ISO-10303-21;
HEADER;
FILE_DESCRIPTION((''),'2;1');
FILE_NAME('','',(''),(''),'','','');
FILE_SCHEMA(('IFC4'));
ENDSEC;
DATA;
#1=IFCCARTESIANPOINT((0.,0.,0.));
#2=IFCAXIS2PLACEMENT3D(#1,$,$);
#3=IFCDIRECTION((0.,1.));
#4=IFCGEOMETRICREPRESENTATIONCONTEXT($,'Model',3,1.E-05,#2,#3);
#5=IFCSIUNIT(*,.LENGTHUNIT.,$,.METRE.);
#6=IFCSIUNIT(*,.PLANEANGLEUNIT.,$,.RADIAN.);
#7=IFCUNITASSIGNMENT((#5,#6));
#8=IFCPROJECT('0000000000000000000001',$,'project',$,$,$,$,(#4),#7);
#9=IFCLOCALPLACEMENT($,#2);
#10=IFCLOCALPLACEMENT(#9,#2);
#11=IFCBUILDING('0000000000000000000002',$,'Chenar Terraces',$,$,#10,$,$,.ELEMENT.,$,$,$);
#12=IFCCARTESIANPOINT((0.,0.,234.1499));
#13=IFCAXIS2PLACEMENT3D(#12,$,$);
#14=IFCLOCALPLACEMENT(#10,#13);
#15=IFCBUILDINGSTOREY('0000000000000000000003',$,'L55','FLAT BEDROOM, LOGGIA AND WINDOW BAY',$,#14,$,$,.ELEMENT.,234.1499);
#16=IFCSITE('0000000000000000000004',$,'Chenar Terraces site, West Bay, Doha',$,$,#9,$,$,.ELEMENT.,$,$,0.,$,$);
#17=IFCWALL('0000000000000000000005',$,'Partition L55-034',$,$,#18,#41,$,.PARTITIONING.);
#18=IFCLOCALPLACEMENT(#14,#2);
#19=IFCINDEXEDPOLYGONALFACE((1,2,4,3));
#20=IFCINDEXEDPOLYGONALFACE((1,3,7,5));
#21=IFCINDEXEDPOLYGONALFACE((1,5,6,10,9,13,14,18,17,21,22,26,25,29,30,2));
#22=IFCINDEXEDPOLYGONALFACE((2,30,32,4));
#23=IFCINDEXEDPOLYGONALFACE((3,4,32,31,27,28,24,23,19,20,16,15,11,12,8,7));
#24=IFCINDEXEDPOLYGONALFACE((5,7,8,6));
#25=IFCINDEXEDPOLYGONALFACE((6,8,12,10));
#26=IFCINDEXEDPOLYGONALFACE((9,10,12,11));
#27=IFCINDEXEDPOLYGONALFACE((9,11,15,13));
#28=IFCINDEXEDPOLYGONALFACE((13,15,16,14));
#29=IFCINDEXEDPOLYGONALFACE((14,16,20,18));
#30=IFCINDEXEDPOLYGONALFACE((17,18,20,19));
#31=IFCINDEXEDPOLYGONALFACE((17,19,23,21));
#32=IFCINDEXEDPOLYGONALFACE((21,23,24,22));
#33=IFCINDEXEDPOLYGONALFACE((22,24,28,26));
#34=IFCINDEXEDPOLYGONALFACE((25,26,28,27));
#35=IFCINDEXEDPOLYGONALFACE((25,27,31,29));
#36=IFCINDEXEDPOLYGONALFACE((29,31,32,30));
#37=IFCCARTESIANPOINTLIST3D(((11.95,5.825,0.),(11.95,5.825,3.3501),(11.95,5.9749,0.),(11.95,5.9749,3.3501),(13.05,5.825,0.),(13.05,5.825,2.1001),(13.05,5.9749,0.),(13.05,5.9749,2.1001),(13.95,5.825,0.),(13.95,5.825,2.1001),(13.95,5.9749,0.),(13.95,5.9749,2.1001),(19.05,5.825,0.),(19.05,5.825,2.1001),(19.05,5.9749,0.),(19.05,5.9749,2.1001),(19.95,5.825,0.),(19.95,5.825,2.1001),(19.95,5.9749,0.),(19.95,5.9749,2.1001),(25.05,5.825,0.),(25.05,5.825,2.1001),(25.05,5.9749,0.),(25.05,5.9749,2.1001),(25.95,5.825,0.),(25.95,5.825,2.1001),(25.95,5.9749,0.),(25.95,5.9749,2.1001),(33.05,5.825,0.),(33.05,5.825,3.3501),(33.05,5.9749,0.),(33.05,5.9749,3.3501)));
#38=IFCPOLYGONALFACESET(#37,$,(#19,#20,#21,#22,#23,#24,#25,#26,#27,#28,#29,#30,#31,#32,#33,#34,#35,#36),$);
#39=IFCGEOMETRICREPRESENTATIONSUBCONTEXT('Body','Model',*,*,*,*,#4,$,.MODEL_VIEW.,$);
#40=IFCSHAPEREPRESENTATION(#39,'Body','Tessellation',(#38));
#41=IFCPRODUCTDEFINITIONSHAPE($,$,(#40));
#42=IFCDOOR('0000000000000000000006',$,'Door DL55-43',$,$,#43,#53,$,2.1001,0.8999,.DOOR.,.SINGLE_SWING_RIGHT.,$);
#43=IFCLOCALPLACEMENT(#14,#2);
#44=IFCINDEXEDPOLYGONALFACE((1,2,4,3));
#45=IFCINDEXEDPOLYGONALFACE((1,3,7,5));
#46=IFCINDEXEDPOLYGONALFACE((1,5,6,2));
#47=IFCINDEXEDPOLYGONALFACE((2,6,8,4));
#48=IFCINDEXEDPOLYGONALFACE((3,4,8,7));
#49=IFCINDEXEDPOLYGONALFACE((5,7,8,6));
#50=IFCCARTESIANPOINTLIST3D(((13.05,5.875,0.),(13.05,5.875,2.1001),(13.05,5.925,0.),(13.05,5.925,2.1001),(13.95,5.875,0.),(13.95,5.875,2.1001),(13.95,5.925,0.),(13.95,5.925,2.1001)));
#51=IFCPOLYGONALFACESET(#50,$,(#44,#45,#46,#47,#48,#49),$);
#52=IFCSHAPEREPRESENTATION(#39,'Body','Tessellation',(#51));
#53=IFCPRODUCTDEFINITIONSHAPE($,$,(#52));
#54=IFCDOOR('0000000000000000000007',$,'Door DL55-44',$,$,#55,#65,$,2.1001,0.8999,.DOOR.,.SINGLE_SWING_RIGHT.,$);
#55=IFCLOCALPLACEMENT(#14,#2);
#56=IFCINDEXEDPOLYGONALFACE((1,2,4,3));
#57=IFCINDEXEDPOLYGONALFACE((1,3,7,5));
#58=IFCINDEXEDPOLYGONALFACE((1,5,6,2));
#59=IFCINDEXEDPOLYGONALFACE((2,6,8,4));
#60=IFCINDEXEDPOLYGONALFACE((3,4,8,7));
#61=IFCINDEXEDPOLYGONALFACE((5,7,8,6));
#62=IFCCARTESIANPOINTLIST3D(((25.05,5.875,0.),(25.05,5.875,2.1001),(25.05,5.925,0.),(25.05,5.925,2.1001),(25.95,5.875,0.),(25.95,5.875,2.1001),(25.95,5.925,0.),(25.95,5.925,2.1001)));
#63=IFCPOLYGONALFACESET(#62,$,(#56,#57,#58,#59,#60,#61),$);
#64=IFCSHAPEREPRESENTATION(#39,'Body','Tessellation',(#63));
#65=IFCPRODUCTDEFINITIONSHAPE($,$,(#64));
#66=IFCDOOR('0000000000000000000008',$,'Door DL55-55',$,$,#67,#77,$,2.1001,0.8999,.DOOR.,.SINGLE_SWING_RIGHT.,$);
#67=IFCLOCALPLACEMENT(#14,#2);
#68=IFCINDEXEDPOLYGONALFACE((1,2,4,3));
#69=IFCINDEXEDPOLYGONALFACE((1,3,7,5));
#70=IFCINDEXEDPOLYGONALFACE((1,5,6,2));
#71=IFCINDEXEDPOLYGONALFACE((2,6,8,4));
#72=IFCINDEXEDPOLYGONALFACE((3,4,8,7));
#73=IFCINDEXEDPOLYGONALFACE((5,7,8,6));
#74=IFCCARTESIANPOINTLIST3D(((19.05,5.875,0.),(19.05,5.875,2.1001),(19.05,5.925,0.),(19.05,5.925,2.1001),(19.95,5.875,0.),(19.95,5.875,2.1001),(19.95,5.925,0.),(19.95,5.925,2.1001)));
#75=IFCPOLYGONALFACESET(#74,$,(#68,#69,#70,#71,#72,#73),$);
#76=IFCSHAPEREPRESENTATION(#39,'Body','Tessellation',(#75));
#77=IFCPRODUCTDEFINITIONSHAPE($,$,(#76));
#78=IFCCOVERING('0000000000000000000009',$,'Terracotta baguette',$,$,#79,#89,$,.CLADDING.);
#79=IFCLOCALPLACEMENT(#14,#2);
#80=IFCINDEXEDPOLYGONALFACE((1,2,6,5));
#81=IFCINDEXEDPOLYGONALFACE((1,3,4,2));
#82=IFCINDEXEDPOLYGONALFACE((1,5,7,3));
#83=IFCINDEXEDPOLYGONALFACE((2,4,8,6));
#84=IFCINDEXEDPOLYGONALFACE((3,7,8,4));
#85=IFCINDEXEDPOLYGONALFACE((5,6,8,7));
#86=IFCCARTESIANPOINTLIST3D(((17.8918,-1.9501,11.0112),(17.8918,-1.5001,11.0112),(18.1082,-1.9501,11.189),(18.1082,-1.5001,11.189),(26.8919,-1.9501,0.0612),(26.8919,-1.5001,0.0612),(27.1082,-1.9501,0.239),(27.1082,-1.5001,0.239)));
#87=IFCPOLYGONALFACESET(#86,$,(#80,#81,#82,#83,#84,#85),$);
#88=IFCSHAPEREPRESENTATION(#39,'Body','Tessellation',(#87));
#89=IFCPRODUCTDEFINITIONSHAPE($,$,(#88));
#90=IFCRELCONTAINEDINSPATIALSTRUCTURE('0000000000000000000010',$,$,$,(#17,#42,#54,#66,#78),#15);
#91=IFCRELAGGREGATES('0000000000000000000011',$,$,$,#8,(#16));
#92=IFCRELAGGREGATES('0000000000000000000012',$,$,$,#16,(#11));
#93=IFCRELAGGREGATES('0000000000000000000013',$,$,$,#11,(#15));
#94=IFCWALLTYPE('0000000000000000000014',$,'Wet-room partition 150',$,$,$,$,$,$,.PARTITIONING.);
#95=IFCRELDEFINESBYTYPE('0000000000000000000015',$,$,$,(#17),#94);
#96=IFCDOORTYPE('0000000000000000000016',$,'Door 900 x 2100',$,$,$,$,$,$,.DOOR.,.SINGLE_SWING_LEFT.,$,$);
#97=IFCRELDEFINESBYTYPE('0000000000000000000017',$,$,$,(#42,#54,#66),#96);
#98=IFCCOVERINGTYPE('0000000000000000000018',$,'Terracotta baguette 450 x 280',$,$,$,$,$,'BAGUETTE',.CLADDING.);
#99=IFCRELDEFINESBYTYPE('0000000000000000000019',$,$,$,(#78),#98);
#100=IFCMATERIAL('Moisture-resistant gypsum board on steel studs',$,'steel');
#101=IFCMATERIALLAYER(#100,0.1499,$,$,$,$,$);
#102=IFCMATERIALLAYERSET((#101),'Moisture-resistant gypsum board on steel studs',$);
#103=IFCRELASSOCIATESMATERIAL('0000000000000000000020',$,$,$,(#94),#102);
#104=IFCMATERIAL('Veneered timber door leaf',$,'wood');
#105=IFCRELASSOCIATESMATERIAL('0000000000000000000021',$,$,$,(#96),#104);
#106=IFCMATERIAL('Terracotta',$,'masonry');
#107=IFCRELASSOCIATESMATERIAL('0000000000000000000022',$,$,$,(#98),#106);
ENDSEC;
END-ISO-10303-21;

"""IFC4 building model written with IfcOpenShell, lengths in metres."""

from ifc_helpers import new_model, si_unit, direction, frame, frame_2d, origin, origin_2d, place, context, subcontext, project, spatial, rectangle, extrude, material, layer, layer_set, material_profile, profile_set, type_object, element, fill, save


model = new_model("IFC4")

# Units and contexts
model_context = context("Model", 3, precision=1e-05, world=origin(), true_north=direction((0.0, 1.0)))
body_context = subcontext(model_context, "Body", "Model", "MODEL_VIEW")
ifc_project = project(units=[si_unit("LENGTHUNIT", "METRE"), si_unit("PLANEANGLEUNIT", "RADIAN")], contexts=[model_context])

# Site, building, storey
site_placement = place(None, origin())
site = spatial("IfcSite", under=ifc_project, at=site_placement, Name="Chenar Terraces site, West Bay, Doha", CompositionType="ELEMENT", RefElevation=0.0)
building_placement = place(site_placement, origin())
building = spatial("IfcBuilding", under=site, at=building_placement, Name="Chenar Terraces", CompositionType="ELEMENT")
storey_placement = place(building_placement, frame((0.0, 0.0, 234.1499)))
storey = spatial("IfcBuildingStorey", under=building, at=storey_placement, Name="L55", Description="FLAT BEDROOM, LOGGIA AND WINDOW BAY", CompositionType="ELEMENT", Elevation=234.1499)

# Wall, openings, doors
ifc_material_1 = material(Name="Moisture-resistant gypsum board on steel studs", Category="steel")
ifc_layer_1 = layer(ifc_material_1, 0.1499)
ifc_layer_set_1 = layer_set([ifc_layer_1], Name="Moisture-resistant gypsum board on steel studs")
wall_type_1 = type_object("IfcWallType", Name="Wet-room partition 150", PredefinedType="PARTITIONING", material=ifc_layer_set_1)
wall_1_placement = place(storey_placement, frame((11.95, 5.8999, 0.0), z_axis=(0.0, 0.0, 1.0), x_axis=(1.0, 0.0, 0.0)))
wall_1 = element("IfcWall", 1, at=wall_1_placement, inside=storey, type_object=wall_type_1, Name="Partition L55-034", PredefinedType="PARTITIONING", context=body_context, shape_type="SweptSolid", body=[
    extrude(rectangle(XDim=21.1001, YDim=0.1499, at=frame_2d((10.55, 0.0))), origin(), (0.0, 0.0, 1.0), 3.3501),
])
opening_1_placement = place(wall_1_placement, frame((1.1001, 0.0, 0.0)))
opening_1 = element("IfcOpeningElement", 2, at=opening_1_placement, cuts=wall_1, PredefinedType="OPENING", context=body_context, shape_type="SweptSolid", body=[
    extrude(rectangle(XDim=0.8999, YDim=2.1001, at=frame_2d((0.45, 1.05))), frame((0.0, 0.085, 0.0), z_axis=(0.0, -1.0, 0.0), x_axis=(1.0, 0.0, 0.0)), (0.0, 0.0, 1.0), 0.1699),
])
opening_2_placement = place(wall_1_placement, frame((13.1001, 0.0, 0.0)))
opening_2 = element("IfcOpeningElement", 3, at=opening_2_placement, cuts=wall_1, PredefinedType="OPENING", context=body_context, shape_type="SweptSolid", body=[
    extrude(rectangle(XDim=0.8999, YDim=2.1001, at=frame_2d((0.45, 1.05))), frame((0.0, 0.085, 0.0), z_axis=(0.0, -1.0, 0.0), x_axis=(1.0, 0.0, 0.0)), (0.0, 0.0, 1.0), 0.1699),
])
opening_3_placement = place(wall_1_placement, frame((7.1001, 0.0, 0.0)))
opening_3 = element("IfcOpeningElement", 4, at=opening_3_placement, cuts=wall_1, PredefinedType="OPENING", context=body_context, shape_type="SweptSolid", body=[
    extrude(rectangle(XDim=0.8999, YDim=2.1001, at=frame_2d((0.45, 1.05))), frame((0.0, 0.085, 0.0), z_axis=(0.0, -1.0, 0.0), x_axis=(1.0, 0.0, 0.0)), (0.0, 0.0, 1.0), 0.1699),
])
ifc_material_2 = material(Name="Veneered timber door leaf", Category="wood")
door_type = type_object("IfcDoorType", Name="Door 900 x 2100", OperationType="SINGLE_SWING_LEFT", PredefinedType="DOOR", material=ifc_material_2)
door_1_placement = place(opening_1_placement, frame((0.8999, 0.0, 0.0), z_axis=(0.0, 0.0, 1.0), x_axis=(-1.0, 0.0, 0.0)))
door_1 = element("IfcDoor", 5, at=door_1_placement, inside=storey, type_object=door_type, Name="Door DL55-43", OperationType="SINGLE_SWING_RIGHT", OverallHeight=2.1001, OverallWidth=0.8999, PredefinedType="DOOR", context=body_context, shape_type="SweptSolid", body=[
    extrude(rectangle(XDim=0.8999, YDim=2.1001, at=frame_2d((0.45, 1.05))), frame((0.0, 0.0249, 0.0), z_axis=(0.0, -1.0, 0.0), x_axis=(1.0, 0.0, 0.0)), (0.0, 0.0, 1.0), 0.05),
])
fill(opening_1, door_1)
door_2_placement = place(opening_2_placement, frame((0.8999, 0.0, 0.0), z_axis=(0.0, 0.0, 1.0), x_axis=(-1.0, 0.0, 0.0)))
door_2 = element("IfcDoor", 6, at=door_2_placement, inside=storey, type_object=door_type, Name="Door DL55-44", OperationType="SINGLE_SWING_RIGHT", OverallHeight=2.1001, OverallWidth=0.8999, PredefinedType="DOOR", context=body_context, shape_type="SweptSolid", body=[
    extrude(rectangle(XDim=0.8999, YDim=2.1001, at=frame_2d((0.45, 1.05))), frame((0.0, 0.0249, 0.0), z_axis=(0.0, -1.0, 0.0), x_axis=(1.0, 0.0, 0.0)), (0.0, 0.0, 1.0), 0.05),
])
fill(opening_2, door_2)
door_3_placement = place(opening_3_placement, frame((0.8999, 0.0, 0.0), z_axis=(0.0, 0.0, 1.0), x_axis=(-1.0, 0.0, 0.0)))
door_3 = element("IfcDoor", 7, at=door_3_placement, inside=storey, type_object=door_type, Name="Door DL55-55", OperationType="SINGLE_SWING_RIGHT", OverallHeight=2.1001, OverallWidth=0.8999, PredefinedType="DOOR", context=body_context, shape_type="SweptSolid", body=[
    extrude(rectangle(XDim=0.8999, YDim=2.1001, at=frame_2d((0.45, 1.05))), frame((0.0, 0.0249, 0.0), z_axis=(0.0, -1.0, 0.0), x_axis=(1.0, 0.0, 0.0)), (0.0, 0.0, 1.0), 0.05),
])
fill(opening_3, door_3)

# Covering
ifc_material_3 = material(Name="Terracotta", Category="masonry")
ifc_material_profile_1 = material_profile(ifc_material_3, rectangle(XDim=0.45, YDim=0.28, at=origin_2d()), Name="Terracotta baguette 450 x 280")
ifc_profile_set_1 = profile_set([ifc_material_profile_1], Name="Terracotta")
covering_type = type_object("IfcCoveringType", Name="Terracotta baguette 450 x 280", ElementType="BAGUETTE", PredefinedType="CLADDING", material=ifc_profile_set_1)
covering_placement = place(storey_placement, frame((18.0, -1.7251, 11.1001), z_axis=(0.634967, 0.0, -0.772539), x_axis=(0.0, 1.0, 0.0)))
element("IfcCovering", 8, at=covering_placement, inside=storey, type_object=covering_type, Name="Terracotta baguette", PredefinedType="CLADDING", context=body_context, shape_type="SweptSolid", body=[
    extrude(rectangle(XDim=0.45, YDim=0.28, at=origin_2d()), origin(), (0.0, 0.0, 1.0), 14.1741),
])

save(model, "model.ifc")
